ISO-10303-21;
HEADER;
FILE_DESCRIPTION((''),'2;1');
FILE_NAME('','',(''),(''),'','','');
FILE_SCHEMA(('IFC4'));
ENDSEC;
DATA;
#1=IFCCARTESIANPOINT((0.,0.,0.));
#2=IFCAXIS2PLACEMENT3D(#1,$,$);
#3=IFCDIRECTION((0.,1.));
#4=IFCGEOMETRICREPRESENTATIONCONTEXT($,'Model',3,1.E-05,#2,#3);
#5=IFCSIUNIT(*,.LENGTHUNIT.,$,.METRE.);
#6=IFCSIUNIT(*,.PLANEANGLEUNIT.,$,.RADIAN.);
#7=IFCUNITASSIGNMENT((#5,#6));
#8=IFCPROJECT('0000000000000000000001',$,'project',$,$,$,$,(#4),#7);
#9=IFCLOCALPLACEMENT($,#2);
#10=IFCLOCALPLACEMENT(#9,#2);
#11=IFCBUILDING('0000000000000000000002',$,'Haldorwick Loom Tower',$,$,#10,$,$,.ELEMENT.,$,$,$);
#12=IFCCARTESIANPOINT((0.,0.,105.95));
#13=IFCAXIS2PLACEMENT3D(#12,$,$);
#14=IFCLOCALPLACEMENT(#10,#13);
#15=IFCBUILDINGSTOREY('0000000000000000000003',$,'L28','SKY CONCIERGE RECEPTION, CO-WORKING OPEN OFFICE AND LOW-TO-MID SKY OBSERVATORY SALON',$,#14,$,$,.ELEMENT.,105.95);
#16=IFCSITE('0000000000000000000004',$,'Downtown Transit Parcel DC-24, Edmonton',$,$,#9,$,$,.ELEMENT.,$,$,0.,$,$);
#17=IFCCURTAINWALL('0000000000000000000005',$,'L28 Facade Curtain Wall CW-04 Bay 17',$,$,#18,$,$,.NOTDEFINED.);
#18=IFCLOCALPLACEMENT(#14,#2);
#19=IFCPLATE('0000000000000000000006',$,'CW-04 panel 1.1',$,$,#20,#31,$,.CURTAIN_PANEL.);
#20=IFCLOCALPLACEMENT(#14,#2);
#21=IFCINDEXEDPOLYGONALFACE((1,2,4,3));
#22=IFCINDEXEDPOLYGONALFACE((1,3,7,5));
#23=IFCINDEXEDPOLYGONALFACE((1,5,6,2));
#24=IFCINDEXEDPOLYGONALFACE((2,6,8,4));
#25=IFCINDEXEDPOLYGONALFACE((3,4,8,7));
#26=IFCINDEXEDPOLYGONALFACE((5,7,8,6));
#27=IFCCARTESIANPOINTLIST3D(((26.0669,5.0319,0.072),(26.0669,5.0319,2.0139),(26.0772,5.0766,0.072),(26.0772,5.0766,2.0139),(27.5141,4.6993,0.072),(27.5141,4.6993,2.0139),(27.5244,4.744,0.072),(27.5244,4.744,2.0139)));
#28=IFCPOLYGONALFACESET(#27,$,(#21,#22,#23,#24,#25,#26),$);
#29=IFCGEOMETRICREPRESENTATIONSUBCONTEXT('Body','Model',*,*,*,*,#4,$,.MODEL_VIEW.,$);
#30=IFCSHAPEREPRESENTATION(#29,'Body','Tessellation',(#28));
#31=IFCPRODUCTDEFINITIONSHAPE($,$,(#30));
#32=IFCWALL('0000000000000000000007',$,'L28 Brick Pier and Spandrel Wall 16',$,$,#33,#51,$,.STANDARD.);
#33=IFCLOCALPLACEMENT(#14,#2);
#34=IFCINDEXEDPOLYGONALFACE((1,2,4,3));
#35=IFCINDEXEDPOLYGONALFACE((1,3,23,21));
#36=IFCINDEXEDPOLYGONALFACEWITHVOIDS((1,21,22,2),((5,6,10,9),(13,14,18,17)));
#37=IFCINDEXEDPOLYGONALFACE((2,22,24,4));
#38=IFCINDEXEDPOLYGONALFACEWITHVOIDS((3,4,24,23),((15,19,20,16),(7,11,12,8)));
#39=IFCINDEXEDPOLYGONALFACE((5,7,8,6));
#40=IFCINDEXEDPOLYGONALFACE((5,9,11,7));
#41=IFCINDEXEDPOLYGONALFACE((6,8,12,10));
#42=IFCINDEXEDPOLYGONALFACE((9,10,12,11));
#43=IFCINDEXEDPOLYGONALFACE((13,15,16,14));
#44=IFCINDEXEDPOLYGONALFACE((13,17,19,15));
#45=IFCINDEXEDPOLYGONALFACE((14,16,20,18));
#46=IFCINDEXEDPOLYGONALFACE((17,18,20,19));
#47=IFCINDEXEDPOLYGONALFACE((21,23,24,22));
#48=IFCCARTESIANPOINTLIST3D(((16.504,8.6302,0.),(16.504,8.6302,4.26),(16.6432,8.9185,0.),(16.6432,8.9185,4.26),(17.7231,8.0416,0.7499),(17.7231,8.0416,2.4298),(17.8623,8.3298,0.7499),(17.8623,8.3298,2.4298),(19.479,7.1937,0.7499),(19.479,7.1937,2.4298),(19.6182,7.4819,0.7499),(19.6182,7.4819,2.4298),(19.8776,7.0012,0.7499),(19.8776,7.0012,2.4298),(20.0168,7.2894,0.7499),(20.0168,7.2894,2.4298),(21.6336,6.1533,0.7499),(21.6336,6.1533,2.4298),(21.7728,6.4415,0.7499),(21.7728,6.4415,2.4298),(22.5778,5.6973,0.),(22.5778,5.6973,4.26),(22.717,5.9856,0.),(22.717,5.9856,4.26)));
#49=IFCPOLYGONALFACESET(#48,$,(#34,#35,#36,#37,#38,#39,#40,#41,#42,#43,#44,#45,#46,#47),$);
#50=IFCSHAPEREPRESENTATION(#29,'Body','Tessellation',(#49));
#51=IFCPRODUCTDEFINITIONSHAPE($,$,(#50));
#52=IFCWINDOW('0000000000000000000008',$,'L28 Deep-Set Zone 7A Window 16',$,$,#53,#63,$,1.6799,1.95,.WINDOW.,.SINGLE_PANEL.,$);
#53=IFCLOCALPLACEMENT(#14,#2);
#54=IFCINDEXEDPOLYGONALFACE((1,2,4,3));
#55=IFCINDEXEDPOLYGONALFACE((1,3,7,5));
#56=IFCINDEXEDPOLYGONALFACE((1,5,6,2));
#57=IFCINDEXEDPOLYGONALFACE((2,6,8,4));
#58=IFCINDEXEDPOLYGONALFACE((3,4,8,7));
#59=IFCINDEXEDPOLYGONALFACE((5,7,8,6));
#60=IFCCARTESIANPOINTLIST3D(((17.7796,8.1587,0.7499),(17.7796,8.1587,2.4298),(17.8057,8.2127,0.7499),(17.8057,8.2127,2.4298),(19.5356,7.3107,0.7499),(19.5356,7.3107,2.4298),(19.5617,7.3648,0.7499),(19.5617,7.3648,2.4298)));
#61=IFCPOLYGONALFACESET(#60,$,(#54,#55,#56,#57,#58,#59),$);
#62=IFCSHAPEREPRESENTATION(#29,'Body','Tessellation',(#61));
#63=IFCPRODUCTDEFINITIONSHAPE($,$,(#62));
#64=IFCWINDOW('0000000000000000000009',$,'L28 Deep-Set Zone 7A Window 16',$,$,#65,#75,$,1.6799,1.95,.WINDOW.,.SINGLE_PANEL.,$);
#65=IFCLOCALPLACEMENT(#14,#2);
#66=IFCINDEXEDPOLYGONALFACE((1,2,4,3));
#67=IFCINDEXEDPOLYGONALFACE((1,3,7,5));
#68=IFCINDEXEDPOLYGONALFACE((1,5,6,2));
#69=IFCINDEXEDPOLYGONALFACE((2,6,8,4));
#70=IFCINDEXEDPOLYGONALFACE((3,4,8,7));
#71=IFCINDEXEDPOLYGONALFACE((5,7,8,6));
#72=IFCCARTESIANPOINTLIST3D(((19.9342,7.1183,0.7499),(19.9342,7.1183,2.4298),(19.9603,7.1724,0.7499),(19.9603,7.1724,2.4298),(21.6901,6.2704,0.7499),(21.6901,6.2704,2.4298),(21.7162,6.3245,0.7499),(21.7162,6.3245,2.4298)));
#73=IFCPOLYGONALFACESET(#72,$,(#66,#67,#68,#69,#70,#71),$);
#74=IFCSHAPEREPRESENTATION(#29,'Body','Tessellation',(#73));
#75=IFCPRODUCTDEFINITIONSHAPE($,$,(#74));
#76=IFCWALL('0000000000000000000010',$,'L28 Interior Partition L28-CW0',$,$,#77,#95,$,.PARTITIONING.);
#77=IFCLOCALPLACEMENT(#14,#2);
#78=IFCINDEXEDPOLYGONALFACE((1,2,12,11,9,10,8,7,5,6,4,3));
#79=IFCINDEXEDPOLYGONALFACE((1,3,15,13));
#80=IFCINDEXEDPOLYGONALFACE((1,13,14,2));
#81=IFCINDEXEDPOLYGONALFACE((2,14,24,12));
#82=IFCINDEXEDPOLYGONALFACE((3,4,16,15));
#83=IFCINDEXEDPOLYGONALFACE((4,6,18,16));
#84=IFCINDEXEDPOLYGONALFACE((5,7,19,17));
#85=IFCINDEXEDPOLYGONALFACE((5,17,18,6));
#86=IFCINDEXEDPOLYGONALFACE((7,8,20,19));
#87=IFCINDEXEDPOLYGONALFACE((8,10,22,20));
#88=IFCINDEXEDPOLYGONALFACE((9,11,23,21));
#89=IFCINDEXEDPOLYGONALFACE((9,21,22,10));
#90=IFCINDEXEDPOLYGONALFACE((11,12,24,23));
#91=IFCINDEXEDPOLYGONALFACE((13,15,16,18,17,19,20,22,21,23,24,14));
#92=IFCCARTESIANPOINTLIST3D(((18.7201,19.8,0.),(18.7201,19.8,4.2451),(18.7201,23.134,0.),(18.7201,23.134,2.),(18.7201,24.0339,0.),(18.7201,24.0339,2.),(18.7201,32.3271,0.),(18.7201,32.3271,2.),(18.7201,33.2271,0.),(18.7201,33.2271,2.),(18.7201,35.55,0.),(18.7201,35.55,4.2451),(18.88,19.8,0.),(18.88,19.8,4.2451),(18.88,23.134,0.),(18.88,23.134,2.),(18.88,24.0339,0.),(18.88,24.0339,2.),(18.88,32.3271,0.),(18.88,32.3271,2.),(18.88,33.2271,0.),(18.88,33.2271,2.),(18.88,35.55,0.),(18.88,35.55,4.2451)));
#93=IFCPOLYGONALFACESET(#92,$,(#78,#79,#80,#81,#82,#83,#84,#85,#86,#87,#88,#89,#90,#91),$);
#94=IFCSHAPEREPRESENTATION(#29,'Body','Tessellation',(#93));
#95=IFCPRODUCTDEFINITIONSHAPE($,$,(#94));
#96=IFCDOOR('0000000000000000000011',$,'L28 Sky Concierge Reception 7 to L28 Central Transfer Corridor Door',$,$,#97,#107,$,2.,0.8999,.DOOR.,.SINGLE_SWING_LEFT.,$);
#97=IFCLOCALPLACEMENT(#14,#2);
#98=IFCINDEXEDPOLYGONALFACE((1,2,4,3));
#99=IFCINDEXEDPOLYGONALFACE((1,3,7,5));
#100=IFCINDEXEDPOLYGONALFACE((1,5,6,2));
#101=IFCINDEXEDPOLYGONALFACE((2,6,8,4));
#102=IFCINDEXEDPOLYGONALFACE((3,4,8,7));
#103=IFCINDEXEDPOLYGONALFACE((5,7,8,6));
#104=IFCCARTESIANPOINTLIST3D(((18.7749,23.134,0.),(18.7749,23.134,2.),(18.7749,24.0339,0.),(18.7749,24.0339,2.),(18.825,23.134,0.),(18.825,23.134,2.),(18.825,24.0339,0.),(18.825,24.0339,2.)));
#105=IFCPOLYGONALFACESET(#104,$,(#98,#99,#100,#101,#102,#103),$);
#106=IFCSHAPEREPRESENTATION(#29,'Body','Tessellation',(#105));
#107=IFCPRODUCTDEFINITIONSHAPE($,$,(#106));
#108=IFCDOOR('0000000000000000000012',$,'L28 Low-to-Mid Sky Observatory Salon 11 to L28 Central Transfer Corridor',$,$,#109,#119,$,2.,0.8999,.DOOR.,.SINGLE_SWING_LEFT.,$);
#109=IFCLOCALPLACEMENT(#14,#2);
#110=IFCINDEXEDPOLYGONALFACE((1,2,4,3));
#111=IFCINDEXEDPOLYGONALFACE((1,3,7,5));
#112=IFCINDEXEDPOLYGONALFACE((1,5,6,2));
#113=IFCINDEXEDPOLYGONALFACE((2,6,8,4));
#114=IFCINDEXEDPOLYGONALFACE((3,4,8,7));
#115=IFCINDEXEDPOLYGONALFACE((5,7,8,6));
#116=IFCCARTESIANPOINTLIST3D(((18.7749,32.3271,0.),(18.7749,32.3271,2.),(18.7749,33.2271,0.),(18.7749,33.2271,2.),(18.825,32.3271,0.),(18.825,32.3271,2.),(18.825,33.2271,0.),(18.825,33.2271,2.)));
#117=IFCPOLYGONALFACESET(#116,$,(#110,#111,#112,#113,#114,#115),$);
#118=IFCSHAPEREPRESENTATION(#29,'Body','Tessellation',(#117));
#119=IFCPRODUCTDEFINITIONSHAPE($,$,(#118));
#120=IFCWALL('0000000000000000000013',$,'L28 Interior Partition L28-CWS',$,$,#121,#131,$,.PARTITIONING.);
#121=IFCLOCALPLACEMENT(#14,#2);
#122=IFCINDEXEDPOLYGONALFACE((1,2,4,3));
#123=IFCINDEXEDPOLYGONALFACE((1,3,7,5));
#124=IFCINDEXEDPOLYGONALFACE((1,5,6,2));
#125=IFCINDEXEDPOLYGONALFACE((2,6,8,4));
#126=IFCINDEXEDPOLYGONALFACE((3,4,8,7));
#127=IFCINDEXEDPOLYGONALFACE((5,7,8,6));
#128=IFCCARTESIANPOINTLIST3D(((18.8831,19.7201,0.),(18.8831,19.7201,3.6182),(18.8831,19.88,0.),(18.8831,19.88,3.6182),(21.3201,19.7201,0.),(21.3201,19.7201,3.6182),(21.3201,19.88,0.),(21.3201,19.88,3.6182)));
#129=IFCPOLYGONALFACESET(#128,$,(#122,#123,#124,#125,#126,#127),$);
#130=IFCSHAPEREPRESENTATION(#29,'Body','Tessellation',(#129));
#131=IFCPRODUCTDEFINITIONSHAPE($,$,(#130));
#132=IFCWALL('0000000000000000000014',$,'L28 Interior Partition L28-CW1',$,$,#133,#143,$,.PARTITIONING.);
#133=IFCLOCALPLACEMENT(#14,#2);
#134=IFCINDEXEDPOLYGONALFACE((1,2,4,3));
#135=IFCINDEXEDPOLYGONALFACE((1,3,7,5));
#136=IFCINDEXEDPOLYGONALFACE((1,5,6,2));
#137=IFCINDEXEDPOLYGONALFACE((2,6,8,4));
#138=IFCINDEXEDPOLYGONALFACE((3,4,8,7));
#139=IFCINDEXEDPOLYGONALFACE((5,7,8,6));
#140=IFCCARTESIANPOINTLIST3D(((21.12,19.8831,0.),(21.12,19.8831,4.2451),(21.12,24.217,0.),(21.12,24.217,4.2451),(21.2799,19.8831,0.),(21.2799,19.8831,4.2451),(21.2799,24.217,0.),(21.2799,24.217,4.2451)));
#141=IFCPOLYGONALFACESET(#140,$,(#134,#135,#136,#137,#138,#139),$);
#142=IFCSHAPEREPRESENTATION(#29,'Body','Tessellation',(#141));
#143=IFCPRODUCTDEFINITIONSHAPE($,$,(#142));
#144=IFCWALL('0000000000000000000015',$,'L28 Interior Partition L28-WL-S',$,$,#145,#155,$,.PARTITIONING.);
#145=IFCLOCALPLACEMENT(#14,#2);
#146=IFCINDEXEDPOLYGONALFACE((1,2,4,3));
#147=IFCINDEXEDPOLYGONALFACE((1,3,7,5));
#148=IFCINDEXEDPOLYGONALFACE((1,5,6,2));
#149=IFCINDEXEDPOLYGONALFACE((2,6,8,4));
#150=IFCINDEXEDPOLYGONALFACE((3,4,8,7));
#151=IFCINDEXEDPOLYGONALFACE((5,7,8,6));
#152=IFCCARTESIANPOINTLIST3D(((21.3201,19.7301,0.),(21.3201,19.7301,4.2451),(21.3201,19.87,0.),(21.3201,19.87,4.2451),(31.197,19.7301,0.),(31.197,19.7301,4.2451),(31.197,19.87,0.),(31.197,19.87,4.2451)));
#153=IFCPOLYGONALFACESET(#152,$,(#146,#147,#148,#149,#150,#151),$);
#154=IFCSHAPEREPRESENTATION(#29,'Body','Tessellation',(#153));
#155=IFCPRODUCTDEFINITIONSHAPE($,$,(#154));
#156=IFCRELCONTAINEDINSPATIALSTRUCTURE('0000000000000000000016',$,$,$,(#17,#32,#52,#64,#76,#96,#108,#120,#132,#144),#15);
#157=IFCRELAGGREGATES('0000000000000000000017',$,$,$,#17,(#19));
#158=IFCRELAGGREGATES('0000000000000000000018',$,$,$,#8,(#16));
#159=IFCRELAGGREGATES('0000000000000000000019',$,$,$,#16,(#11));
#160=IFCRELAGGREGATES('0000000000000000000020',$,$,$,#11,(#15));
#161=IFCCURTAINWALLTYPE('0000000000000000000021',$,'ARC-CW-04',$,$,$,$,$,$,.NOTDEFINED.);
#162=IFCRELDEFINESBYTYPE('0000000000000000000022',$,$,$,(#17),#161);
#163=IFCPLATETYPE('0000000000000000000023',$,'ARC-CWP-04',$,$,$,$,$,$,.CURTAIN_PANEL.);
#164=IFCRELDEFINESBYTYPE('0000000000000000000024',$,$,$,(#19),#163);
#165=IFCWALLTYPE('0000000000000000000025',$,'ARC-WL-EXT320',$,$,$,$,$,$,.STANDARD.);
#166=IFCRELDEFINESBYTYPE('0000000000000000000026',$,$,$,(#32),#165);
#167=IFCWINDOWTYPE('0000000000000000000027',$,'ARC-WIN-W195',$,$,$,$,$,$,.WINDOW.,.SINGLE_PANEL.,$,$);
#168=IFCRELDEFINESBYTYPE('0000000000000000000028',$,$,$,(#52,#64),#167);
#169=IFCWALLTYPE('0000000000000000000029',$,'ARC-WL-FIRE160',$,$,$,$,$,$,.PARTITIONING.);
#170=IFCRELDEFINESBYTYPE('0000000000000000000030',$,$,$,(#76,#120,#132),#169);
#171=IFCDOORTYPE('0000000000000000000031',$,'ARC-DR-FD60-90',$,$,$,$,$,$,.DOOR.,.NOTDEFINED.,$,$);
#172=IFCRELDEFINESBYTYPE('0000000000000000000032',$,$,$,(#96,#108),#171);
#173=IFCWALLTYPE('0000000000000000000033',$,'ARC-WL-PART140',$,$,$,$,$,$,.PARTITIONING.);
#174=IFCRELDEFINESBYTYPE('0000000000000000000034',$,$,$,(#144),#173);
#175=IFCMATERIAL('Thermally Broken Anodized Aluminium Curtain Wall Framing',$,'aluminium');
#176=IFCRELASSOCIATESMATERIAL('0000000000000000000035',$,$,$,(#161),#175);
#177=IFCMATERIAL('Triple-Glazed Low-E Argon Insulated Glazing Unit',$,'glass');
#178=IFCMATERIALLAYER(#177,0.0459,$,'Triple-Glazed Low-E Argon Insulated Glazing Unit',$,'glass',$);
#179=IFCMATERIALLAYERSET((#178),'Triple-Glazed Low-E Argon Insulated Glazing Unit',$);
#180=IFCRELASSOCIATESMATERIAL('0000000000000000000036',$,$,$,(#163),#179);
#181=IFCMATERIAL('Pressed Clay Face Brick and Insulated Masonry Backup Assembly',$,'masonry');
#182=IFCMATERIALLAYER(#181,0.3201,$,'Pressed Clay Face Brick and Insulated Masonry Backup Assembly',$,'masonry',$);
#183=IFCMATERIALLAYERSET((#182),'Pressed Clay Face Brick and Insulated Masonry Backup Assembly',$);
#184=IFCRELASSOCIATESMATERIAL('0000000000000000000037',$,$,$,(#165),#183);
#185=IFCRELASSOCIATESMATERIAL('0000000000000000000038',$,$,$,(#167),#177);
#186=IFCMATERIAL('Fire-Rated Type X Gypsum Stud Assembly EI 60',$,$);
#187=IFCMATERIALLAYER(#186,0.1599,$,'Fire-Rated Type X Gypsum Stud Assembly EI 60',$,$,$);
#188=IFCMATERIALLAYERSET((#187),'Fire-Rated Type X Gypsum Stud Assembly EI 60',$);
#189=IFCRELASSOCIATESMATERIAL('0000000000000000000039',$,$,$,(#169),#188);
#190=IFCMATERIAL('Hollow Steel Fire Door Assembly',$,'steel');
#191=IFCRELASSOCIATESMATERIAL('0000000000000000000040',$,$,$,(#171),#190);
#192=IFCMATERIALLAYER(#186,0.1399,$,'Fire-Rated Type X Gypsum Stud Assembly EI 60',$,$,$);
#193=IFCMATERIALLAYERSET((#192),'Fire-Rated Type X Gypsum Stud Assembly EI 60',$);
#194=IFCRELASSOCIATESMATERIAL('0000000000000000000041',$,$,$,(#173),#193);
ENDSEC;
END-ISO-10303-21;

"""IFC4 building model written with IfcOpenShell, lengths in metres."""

from ifc_helpers import new_model, si_unit, direction, frame, frame_2d, origin, origin_2d, place, context, subcontext, project, spatial, rectangle, extrude, material, layer, layer_set, type_object, element, fill, aggregate, save


model = new_model("IFC4")

# Units and contexts
model_context = context("Model", 3, precision=1e-05, world=origin(), true_north=direction((0.0, 1.0)))
body_context = subcontext(model_context, "Body", "Model", "MODEL_VIEW")
ifc_project = project(units=[si_unit("LENGTHUNIT", "METRE"), si_unit("PLANEANGLEUNIT", "RADIAN")], contexts=[model_context])

# Site, building, storey
site_placement = place(None, origin())
site = spatial("IfcSite", under=ifc_project, at=site_placement, Name="Downtown Transit Parcel DC-24, Edmonton", CompositionType="ELEMENT", RefElevation=0.0)
building_placement = place(site_placement, origin())
building = spatial("IfcBuilding", under=site, at=building_placement, Name="Haldorwick Loom Tower", CompositionType="ELEMENT")
storey_placement = place(building_placement, frame((0.0, 0.0, 105.95)))
storey = spatial("IfcBuildingStorey", under=building, at=storey_placement, Name="L28", Description="SKY CONCIERGE RECEPTION, CO-WORKING OPEN OFFICE AND LOW-TO-MID SKY OBSERVATORY SALON", CompositionType="ELEMENT", Elevation=105.95)

# Curtain wall
ifc_material_1 = material(Name="Thermally Broken Anodized Aluminium Curtain Wall Framing", Category="aluminium")
curtain_wall_type = type_object("IfcCurtainWallType", Name="ARC-CW-04", PredefinedType="NOTDEFINED", material=ifc_material_1)
curtain_wall_placement = place(storey_placement, origin())
curtain_wall = element("IfcCurtainWall", 1, at=curtain_wall_placement, inside=storey, type_object=curtain_wall_type, Name="L28 Facade Curtain Wall CW-04 Bay 17", PredefinedType="NOTDEFINED")

# Plate
ifc_material_2 = material(Name="Triple-Glazed Low-E Argon Insulated Glazing Unit", Category="glass")
ifc_layer_1 = layer(ifc_material_2, 0.0459, Name="Triple-Glazed Low-E Argon Insulated Glazing Unit", Category="glass")
ifc_layer_set_1 = layer_set([ifc_layer_1], Name="Triple-Glazed Low-E Argon Insulated Glazing Unit")
plate_type = type_object("IfcPlateType", Name="ARC-CWP-04", PredefinedType="CURTAIN_PANEL", material=ifc_layer_set_1)
plate_placement = place(storey_placement, frame((26.7957, 4.8879, 0.072), z_axis=(0.0, 0.0, 1.0), x_axis=(0.974593, -0.223981, 0.0)))
plate = element("IfcPlate", 2, at=plate_placement, type_object=plate_type, Name="CW-04 panel 1.1", PredefinedType="CURTAIN_PANEL", context=body_context, shape_type="SweptSolid", body=[
    extrude(rectangle(XDim=1.4849, YDim=0.0459, at=origin_2d()), origin(), (0.0, 0.0, 1.0), 1.9419),
])
aggregate(curtain_wall, [plate])

# Wall, openings, windows
ifc_material_3 = material(Name="Pressed Clay Face Brick and Insulated Masonry Backup Assembly", Category="masonry")
ifc_layer_2 = layer(ifc_material_3, 0.3201, Name="Pressed Clay Face Brick and Insulated Masonry Backup Assembly", Category="masonry")
ifc_layer_set_2 = layer_set([ifc_layer_2], Name="Pressed Clay Face Brick and Insulated Masonry Backup Assembly")
wall_type_1 = type_object("IfcWallType", Name="ARC-WL-EXT320", PredefinedType="STANDARD", material=ifc_layer_set_2)
wall_1_placement = place(storey_placement, frame((16.5735, 8.7744, 0.0), z_axis=(0.0, 0.0, 1.0), x_axis=(0.90051, -0.434835, 0.0)))
wall_1 = element("IfcWall", 3, at=wall_1_placement, inside=storey, type_object=wall_type_1, Name="L28 Brick Pier and Spandrel Wall 16", PredefinedType="STANDARD", context=body_context, shape_type="SweptSolid", body=[
    extrude(rectangle(XDim=6.7449, YDim=0.3201, at=frame_2d((3.3726, 0.0))), origin(), (0.0, 0.0, 1.0), 4.26),
])
opening_1_placement = place(wall_1_placement, frame((1.3538, 0.0, 0.75)))
opening_1 = element("IfcOpeningElement", 4, at=opening_1_placement, cuts=wall_1, PredefinedType="OPENING", context=body_context, shape_type="SweptSolid", body=[
    extrude(rectangle(XDim=1.95, YDim=1.6799, at=frame_2d((0.9751, 0.8398))), frame((0.0, 0.1699, 0.0), z_axis=(0.0, -1.0, 0.0), x_axis=(1.0, 0.0, 0.0)), (0.0, 0.0, 1.0), 0.3401),
])
opening_2_placement = place(wall_1_placement, frame((3.7463, 0.0, 0.75)))
opening_2 = element("IfcOpeningElement", 5, at=opening_2_placement, cuts=wall_1, PredefinedType="OPENING", context=body_context, shape_type="SweptSolid", body=[
    extrude(rectangle(XDim=1.95, YDim=1.6799, at=frame_2d((0.9751, 0.8398))), frame((0.0, 0.1699, 0.0), z_axis=(0.0, -1.0, 0.0), x_axis=(1.0, 0.0, 0.0)), (0.0, 0.0, 1.0), 0.3401),
])
window_type = type_object("IfcWindowType", Name="ARC-WIN-W195", PartitioningType="SINGLE_PANEL", PredefinedType="WINDOW", material=ifc_material_2)
window_1_placement = place(opening_1_placement, origin())
window_1 = element("IfcWindow", 6, at=window_1_placement, inside=storey, type_object=window_type, Name="L28 Deep-Set Zone 7A Window 16", OverallHeight=1.6799, OverallWidth=1.95, PartitioningType="SINGLE_PANEL", PredefinedType="WINDOW", context=body_context, shape_type="SweptSolid", body=[
    extrude(rectangle(XDim=1.95, YDim=1.6799, at=frame_2d((0.9751, 0.8398))), frame((0.0, 0.03, 0.0), z_axis=(0.0, -1.0, 0.0), x_axis=(1.0, 0.0, 0.0)), (0.0, 0.0, 1.0), 0.0601),
])
fill(opening_1, window_1)
window_2_placement = place(opening_2_placement, origin())
window_2 = element("IfcWindow", 7, at=window_2_placement, inside=storey, type_object=window_type, Name="L28 Deep-Set Zone 7A Window 16", OverallHeight=1.6799, OverallWidth=1.95, PartitioningType="SINGLE_PANEL", PredefinedType="WINDOW", context=body_context, shape_type="SweptSolid", body=[
    extrude(rectangle(XDim=1.95, YDim=1.6799, at=frame_2d((0.9751, 0.8398))), frame((0.0, 0.03, 0.0), z_axis=(0.0, -1.0, 0.0), x_axis=(1.0, 0.0, 0.0)), (0.0, 0.0, 1.0), 0.0601),
])
fill(opening_2, window_2)

# Wall, openings, doors
ifc_material_4 = material(Name="Fire-Rated Type X Gypsum Stud Assembly EI 60")
ifc_layer_3 = layer(ifc_material_4, 0.1599, Name="Fire-Rated Type X Gypsum Stud Assembly EI 60")
ifc_layer_set_3 = layer_set([ifc_layer_3], Name="Fire-Rated Type X Gypsum Stud Assembly EI 60")
wall_type_2 = type_object("IfcWallType", Name="ARC-WL-FIRE160", PredefinedType="PARTITIONING", material=ifc_layer_set_3)
wall_2_placement = place(storey_placement, frame((18.8, 19.8, 0.0), z_axis=(0.0, 0.0, 1.0), x_axis=(0.0, 1.0, 0.0)))
wall_2 = element("IfcWall", 8, at=wall_2_placement, inside=storey, type_object=wall_type_2, Name="L28 Interior Partition L28-CW0", PredefinedType="PARTITIONING", context=body_context, shape_type="SweptSolid", body=[
    extrude(rectangle(XDim=15.75, YDim=0.1599, at=frame_2d((7.875, 0.0))), origin(), (0.0, 0.0, 1.0), 4.2451),
])
opening_3_placement = place(wall_2_placement, frame((3.334, 0.0, 0.0)))
opening_3 = element("IfcOpeningElement", 9, at=opening_3_placement, cuts=wall_2, PredefinedType="OPENING", context=body_context, shape_type="SweptSolid", body=[
    extrude(rectangle(XDim=0.8999, YDim=2.0, at=frame_2d((0.45, 1.0))), frame((0.0, 0.0898, 0.0), z_axis=(0.0, -1.0, 0.0), x_axis=(1.0, 0.0, 0.0)), (0.0, 0.0, 1.0), 0.1799),
])
opening_4_placement = place(wall_2_placement, frame((12.5271, 0.0, 0.0)))
opening_4 = element("IfcOpeningElement", 10, at=opening_4_placement, cuts=wall_2, PredefinedType="OPENING", context=body_context, shape_type="SweptSolid", body=[
    extrude(rectangle(XDim=0.8999, YDim=2.0, at=frame_2d((0.45, 1.0))), frame((0.0, 0.0898, 0.0), z_axis=(0.0, -1.0, 0.0), x_axis=(1.0, 0.0, 0.0)), (0.0, 0.0, 1.0), 0.1799),
])
ifc_material_5 = material(Name="Hollow Steel Fire Door Assembly", Category="steel")
door_type = type_object("IfcDoorType", Name="ARC-DR-FD60-90", OperationType="NOTDEFINED", PredefinedType="DOOR", material=ifc_material_5)
door_1_placement = place(opening_3_placement, frame((0.8999, 0.0, 0.0), z_axis=(0.0, 0.0, 1.0), x_axis=(-1.0, 0.0, 0.0)))
door_1 = element("IfcDoor", 11, at=door_1_placement, inside=storey, type_object=door_type, Name="L28 Sky Concierge Reception 7 to L28 Central Transfer Corridor Door", OperationType="SINGLE_SWING_LEFT", OverallHeight=2.0, OverallWidth=0.8999, PredefinedType="DOOR", context=body_context, shape_type="SweptSolid", body=[
    extrude(rectangle(XDim=0.8999, YDim=2.0, at=frame_2d((0.45, 1.0))), frame((0.0, 0.0249, 0.0), z_axis=(0.0, -1.0, 0.0), x_axis=(1.0, 0.0, 0.0)), (0.0, 0.0, 1.0), 0.05),
])
fill(opening_3, door_1)
door_2_placement = place(opening_4_placement, frame((0.8999, 0.0, 0.0), z_axis=(0.0, 0.0, 1.0), x_axis=(-1.0, 0.0, 0.0)))
door_2 = element("IfcDoor", 12, at=door_2_placement, inside=storey, type_object=door_type, Name="L28 Low-to-Mid Sky Observatory Salon 11 to L28 Central Transfer Corridor", OperationType="SINGLE_SWING_LEFT", OverallHeight=2.0, OverallWidth=0.8999, PredefinedType="DOOR", context=body_context, shape_type="SweptSolid", body=[
    extrude(rectangle(XDim=0.8999, YDim=2.0, at=frame_2d((0.45, 1.0))), frame((0.0, 0.0249, 0.0), z_axis=(0.0, -1.0, 0.0), x_axis=(1.0, 0.0, 0.0)), (0.0, 0.0, 1.0), 0.05),
])
fill(opening_4, door_2)

# Walls
wall_3_placement = place(storey_placement, frame((18.8831, 19.8, 0.0), z_axis=(0.0, 0.0, 1.0), x_axis=(1.0, 0.0, 0.0)))
element("IfcWall", 13, at=wall_3_placement, inside=storey, type_object=wall_type_2, Name="L28 Interior Partition L28-CWS", PredefinedType="PARTITIONING", context=body_context, shape_type="SweptSolid", body=[
    extrude(rectangle(XDim=2.437, YDim=0.1599, at=frame_2d((1.2185, 0.0))), origin(), (0.0, 0.0, 1.0), 3.6182),
])
wall_4_placement = place(storey_placement, frame((21.2, 19.8831, 0.0), z_axis=(0.0, 0.0, 1.0), x_axis=(0.0, 1.0, 0.0)))
element("IfcWall", 14, at=wall_4_placement, inside=storey, type_object=wall_type_2, Name="L28 Interior Partition L28-CW1", PredefinedType="PARTITIONING", context=body_context, shape_type="SweptSolid", body=[
    extrude(rectangle(XDim=4.334, YDim=0.1599, at=frame_2d((2.167, 0.0))), origin(), (0.0, 0.0, 1.0), 4.2451),
])
ifc_layer_4 = layer(ifc_material_4, 0.1399, Name="Fire-Rated Type X Gypsum Stud Assembly EI 60")
ifc_layer_set_4 = layer_set([ifc_layer_4], Name="Fire-Rated Type X Gypsum Stud Assembly EI 60")
wall_type_3 = type_object("IfcWallType", Name="ARC-WL-PART140", PredefinedType="PARTITIONING", material=ifc_layer_set_4)
wall_5_placement = place(storey_placement, frame((21.3201, 19.8, 0.0), z_axis=(0.0, 0.0, 1.0), x_axis=(1.0, 0.0, 0.0)))
element("IfcWall", 15, at=wall_5_placement, inside=storey, type_object=wall_type_3, Name="L28 Interior Partition L28-WL-S", PredefinedType="PARTITIONING", context=body_context, shape_type="SweptSolid", body=[
    extrude(rectangle(XDim=9.877, YDim=0.1399, at=frame_2d((4.9385, 0.0))), origin(), (0.0, 0.0, 1.0), 4.2451),
])

save(model, "model.ifc")
